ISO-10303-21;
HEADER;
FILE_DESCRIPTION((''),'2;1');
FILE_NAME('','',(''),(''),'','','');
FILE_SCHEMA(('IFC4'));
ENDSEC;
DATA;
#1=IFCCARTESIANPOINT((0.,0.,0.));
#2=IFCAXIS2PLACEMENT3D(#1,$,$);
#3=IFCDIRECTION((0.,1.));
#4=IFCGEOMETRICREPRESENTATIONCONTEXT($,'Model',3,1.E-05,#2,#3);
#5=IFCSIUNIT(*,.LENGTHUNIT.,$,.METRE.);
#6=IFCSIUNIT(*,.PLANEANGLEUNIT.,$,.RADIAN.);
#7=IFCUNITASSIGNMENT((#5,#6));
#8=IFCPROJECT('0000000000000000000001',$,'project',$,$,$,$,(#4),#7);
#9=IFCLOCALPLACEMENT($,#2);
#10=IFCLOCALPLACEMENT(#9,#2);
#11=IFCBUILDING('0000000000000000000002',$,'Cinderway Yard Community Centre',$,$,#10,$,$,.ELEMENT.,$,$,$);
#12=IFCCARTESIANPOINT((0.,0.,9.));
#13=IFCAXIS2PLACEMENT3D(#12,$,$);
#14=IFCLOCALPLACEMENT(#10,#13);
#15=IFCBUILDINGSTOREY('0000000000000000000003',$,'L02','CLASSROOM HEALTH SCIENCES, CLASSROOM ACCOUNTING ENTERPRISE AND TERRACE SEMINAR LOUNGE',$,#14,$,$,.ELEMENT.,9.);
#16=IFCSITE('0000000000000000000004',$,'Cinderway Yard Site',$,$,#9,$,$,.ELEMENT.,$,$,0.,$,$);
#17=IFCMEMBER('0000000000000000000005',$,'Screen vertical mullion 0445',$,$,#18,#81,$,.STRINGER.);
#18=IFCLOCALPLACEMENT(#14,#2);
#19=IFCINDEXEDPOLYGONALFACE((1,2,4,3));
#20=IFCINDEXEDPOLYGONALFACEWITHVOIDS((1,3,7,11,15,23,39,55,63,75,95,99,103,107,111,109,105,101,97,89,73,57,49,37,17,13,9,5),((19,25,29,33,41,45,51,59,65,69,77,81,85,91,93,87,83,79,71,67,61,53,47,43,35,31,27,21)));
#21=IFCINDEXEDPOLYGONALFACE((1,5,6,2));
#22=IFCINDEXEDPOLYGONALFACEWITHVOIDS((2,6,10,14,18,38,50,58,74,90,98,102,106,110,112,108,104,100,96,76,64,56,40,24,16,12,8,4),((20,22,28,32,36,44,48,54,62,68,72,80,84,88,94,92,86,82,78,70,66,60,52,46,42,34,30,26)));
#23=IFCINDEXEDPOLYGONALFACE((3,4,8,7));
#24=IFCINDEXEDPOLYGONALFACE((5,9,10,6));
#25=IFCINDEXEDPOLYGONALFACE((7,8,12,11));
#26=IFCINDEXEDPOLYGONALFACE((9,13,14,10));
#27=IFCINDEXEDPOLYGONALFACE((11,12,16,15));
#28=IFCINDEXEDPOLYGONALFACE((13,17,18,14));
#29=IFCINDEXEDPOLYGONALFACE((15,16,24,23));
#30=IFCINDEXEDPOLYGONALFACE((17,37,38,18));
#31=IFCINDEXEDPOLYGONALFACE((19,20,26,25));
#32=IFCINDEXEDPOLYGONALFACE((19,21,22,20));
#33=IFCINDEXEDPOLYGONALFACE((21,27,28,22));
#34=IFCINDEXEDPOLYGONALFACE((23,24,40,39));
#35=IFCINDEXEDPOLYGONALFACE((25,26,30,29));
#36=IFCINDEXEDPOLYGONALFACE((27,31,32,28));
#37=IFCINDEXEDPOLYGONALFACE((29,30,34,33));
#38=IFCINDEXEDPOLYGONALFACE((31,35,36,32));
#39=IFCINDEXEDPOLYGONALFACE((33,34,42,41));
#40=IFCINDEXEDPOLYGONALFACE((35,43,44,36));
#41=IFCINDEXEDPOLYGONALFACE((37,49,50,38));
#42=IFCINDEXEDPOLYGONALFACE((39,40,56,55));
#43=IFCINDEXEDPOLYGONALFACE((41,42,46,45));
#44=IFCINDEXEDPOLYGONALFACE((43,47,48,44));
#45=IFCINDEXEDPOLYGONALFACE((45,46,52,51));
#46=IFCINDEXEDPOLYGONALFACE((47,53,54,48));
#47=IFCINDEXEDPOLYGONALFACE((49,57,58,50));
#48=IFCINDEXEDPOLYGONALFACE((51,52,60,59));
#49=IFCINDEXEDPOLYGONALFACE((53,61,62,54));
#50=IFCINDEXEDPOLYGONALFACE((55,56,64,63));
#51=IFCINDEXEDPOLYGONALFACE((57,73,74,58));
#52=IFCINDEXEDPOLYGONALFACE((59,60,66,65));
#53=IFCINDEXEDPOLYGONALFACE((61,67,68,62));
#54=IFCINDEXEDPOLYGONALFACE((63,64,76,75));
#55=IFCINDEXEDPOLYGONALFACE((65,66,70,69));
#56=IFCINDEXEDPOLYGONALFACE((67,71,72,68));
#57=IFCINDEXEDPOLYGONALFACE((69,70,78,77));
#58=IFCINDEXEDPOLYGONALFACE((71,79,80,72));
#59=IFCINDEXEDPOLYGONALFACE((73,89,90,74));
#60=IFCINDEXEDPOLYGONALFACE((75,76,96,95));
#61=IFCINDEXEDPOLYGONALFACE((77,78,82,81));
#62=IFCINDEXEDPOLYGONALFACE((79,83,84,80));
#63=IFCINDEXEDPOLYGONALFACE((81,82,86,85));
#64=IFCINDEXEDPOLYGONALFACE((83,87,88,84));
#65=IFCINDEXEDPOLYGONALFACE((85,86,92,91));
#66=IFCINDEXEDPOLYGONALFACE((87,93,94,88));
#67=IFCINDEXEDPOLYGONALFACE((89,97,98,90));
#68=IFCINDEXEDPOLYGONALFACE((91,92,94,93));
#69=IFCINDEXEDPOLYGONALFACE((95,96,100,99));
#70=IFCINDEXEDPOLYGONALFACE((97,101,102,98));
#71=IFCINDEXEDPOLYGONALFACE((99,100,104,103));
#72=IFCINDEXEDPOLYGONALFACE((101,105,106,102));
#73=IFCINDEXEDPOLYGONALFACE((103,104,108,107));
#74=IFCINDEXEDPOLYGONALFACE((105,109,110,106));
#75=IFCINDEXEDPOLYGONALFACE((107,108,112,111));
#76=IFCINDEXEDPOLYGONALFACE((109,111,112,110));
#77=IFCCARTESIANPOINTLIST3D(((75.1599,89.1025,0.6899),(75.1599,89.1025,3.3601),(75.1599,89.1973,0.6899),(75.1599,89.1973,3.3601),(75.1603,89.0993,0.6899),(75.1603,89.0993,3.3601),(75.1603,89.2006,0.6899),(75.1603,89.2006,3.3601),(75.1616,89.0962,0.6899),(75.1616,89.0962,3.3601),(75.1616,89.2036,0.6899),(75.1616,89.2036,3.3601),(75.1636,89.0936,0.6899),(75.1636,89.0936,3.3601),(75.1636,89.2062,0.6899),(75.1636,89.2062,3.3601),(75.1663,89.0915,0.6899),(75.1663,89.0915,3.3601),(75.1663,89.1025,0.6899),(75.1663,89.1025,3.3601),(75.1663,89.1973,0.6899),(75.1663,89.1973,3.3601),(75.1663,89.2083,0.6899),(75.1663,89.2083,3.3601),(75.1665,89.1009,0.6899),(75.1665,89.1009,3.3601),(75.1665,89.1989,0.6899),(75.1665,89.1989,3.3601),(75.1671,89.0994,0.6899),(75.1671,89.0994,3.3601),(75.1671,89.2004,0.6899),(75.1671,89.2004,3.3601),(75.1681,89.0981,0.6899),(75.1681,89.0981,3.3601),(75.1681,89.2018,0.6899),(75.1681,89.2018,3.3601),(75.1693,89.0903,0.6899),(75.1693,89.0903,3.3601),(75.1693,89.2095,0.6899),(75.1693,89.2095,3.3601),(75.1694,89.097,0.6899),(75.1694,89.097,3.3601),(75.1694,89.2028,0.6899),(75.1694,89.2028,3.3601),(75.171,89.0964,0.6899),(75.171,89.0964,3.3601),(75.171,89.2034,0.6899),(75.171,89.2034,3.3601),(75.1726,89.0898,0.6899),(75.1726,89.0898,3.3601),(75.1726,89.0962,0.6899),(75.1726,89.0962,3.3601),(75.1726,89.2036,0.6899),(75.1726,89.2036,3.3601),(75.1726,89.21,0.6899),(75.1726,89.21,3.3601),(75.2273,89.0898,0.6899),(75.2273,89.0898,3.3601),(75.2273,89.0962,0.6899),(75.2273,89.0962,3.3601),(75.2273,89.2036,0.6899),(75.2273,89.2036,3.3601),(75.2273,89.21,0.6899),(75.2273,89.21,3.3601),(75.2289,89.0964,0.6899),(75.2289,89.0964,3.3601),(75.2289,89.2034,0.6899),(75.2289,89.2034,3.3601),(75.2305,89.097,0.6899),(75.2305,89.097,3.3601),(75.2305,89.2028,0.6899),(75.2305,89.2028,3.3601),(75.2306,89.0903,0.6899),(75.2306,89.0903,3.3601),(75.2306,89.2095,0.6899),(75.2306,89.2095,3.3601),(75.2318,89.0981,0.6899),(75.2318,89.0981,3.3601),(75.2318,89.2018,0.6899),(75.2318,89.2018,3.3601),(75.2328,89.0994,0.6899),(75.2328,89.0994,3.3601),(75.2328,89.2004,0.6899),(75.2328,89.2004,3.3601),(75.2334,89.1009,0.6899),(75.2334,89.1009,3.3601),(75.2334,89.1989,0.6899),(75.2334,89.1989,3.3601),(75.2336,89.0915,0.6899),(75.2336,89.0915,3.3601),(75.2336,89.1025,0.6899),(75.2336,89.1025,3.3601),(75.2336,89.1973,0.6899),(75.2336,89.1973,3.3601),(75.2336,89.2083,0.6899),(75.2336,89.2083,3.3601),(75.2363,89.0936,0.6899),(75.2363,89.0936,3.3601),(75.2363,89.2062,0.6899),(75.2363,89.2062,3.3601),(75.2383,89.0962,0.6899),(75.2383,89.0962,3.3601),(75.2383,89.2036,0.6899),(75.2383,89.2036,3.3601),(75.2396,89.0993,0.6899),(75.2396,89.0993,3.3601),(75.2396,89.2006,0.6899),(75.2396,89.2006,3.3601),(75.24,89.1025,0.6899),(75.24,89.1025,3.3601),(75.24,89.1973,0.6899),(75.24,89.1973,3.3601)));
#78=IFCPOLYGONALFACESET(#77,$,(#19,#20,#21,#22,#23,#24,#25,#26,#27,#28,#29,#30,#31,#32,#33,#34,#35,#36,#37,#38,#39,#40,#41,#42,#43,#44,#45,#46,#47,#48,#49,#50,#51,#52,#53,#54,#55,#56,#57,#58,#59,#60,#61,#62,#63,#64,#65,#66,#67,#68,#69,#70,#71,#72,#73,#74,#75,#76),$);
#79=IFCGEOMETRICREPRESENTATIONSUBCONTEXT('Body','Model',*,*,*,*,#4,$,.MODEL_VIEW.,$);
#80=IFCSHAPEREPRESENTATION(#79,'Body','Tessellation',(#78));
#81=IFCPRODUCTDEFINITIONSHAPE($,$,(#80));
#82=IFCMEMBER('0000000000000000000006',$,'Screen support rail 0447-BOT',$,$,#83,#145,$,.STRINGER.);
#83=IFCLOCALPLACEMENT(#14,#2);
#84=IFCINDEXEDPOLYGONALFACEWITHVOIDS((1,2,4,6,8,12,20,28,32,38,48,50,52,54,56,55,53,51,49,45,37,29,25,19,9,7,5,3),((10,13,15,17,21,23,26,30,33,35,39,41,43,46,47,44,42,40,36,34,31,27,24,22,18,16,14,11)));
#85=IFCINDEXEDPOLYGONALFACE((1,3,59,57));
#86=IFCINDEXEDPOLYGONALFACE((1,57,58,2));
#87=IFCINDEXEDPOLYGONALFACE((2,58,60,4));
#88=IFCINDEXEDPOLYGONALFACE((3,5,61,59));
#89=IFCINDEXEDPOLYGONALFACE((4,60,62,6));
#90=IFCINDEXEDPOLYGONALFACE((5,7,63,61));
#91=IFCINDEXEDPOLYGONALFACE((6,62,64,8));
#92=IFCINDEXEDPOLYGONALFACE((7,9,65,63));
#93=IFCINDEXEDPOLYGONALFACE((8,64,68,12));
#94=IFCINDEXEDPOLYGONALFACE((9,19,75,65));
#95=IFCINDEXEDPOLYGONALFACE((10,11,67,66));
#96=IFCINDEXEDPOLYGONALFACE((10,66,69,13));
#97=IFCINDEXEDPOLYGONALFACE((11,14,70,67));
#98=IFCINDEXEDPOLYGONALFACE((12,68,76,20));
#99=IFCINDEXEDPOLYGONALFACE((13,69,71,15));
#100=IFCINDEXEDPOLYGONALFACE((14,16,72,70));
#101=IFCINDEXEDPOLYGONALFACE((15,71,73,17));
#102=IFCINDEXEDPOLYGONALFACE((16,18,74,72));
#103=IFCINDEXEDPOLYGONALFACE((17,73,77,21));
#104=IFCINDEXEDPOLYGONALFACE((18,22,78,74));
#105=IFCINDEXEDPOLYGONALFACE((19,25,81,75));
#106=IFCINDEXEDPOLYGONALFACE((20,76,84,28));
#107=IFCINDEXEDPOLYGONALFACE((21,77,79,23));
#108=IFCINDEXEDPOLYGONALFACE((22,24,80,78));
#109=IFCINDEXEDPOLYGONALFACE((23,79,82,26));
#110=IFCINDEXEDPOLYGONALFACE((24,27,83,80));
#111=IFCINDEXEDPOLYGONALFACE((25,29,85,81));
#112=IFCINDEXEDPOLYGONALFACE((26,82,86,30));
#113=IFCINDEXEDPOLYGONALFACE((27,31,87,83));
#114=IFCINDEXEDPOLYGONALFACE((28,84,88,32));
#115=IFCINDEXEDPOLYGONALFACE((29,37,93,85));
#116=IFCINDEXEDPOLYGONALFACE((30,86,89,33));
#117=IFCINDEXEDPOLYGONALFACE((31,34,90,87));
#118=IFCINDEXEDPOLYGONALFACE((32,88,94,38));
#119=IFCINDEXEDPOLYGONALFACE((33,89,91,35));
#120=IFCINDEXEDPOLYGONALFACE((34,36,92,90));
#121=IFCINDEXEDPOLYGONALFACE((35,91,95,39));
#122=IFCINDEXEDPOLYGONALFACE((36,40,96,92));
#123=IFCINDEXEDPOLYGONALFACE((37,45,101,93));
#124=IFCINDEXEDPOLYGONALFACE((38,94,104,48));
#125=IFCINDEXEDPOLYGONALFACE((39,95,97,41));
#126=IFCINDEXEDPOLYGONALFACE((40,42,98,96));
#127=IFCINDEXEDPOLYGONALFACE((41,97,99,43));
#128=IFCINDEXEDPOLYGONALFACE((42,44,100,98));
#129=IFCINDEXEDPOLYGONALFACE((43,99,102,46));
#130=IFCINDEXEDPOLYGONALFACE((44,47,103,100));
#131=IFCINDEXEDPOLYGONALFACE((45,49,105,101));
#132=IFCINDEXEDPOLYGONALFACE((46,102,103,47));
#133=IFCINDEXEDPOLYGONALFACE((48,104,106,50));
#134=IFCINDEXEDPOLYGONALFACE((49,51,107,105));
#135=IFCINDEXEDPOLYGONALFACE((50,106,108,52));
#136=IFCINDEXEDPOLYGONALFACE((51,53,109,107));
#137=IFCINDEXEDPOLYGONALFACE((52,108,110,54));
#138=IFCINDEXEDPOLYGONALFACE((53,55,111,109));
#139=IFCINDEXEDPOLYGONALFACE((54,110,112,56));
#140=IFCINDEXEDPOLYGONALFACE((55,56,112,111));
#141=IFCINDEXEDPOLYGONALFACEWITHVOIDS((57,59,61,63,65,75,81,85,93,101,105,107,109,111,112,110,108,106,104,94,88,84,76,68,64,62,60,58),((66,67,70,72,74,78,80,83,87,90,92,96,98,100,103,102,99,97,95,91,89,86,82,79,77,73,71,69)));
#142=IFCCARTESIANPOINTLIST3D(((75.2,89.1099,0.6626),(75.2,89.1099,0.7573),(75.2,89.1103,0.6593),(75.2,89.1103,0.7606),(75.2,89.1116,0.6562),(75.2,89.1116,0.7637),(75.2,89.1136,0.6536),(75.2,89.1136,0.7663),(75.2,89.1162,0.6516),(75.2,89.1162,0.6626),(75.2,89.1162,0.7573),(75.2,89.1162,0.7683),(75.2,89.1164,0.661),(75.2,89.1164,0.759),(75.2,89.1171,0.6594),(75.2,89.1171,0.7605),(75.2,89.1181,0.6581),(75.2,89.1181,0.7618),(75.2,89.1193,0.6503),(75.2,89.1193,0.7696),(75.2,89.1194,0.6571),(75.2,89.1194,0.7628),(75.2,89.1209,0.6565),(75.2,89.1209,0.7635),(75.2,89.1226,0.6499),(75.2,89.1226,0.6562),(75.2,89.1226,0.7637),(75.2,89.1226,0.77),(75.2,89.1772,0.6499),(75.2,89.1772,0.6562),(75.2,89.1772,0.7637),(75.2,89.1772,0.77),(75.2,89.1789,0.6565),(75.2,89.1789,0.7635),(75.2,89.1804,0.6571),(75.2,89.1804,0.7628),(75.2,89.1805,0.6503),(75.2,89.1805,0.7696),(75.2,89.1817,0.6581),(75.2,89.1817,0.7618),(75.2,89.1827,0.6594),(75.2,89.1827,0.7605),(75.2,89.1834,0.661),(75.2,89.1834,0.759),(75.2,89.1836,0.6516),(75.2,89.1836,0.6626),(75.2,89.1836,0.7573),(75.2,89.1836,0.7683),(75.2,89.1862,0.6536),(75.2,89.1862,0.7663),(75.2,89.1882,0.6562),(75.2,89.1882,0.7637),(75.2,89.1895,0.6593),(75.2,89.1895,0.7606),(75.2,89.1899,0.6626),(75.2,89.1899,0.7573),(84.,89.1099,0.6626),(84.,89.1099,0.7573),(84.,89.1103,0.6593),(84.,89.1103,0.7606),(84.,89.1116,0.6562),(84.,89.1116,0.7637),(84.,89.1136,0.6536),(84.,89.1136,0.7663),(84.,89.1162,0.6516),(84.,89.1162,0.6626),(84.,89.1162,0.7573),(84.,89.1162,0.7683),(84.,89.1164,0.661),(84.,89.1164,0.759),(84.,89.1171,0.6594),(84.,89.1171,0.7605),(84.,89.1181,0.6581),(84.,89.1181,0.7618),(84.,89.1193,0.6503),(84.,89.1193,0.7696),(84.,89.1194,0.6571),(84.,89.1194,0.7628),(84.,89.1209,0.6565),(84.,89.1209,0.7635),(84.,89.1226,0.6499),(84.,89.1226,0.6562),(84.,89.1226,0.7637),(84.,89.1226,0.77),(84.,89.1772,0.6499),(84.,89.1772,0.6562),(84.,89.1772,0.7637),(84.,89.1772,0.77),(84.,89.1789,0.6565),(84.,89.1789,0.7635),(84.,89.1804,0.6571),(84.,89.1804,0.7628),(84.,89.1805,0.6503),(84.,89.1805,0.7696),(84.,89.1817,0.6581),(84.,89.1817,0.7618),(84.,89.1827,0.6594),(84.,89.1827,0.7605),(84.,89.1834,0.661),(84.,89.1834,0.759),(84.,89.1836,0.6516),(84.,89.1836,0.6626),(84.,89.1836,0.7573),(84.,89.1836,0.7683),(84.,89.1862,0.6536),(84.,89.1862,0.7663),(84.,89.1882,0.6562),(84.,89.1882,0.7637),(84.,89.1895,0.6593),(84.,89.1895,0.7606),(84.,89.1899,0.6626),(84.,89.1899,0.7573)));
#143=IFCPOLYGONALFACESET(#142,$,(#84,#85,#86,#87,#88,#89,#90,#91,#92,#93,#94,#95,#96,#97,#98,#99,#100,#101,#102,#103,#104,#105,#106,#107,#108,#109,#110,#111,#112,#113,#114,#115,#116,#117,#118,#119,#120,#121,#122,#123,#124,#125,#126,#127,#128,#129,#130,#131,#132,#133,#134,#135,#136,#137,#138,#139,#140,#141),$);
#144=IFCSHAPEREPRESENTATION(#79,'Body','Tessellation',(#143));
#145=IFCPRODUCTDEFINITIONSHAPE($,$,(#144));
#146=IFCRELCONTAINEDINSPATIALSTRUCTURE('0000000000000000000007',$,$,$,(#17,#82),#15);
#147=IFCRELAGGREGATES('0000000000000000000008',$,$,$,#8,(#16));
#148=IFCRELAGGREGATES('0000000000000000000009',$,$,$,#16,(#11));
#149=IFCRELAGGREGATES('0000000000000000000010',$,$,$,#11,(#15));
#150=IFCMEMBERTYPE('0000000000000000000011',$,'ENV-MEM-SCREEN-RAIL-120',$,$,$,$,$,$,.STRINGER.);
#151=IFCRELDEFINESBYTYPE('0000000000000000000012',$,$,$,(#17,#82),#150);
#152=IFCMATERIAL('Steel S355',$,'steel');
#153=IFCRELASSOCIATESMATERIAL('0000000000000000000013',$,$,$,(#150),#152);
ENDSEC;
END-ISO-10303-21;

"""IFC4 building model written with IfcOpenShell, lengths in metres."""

from ifc_helpers import new_model, si_unit, direction, frame, origin, origin_2d, place, context, subcontext, project, spatial, hollow_rectangle, extrude, material, material_profile, profile_set, type_object, element, save


model = new_model("IFC4")

# Units and contexts
model_context = context("Model", 3, precision=1e-05, world=origin(), true_north=direction((0.0, 1.0)))
body_context = subcontext(model_context, "Body", "Model", "MODEL_VIEW")
ifc_project = project(units=[si_unit("LENGTHUNIT", "METRE"), si_unit("PLANEANGLEUNIT", "RADIAN")], contexts=[model_context])

# Site, building, storey
site_placement = place(None, origin())
site = spatial("IfcSite", under=ifc_project, at=site_placement, Name="Cinderway Yard Site", CompositionType="ELEMENT", RefElevation=0.0)
building_placement = place(site_placement, origin())
building = spatial("IfcBuilding", under=site, at=building_placement, Name="Cinderway Yard Community Centre", CompositionType="ELEMENT")
storey_placement = place(building_placement, frame((0.0, 0.0, 9.0)))
storey = spatial("IfcBuildingStorey", under=building, at=storey_placement, Name="L02", Description="CLASSROOM HEALTH SCIENCES, CLASSROOM ACCOUNTING ENTERPRISE AND TERRACE SEMINAR LOUNGE", CompositionType="ELEMENT", Elevation=9.0)

# Members
ifc_material_1 = material(Name="Steel S355", Category="steel")
ifc_material_profile_1 = material_profile(ifc_material_1, hollow_rectangle(XDim=0.0801, YDim=0.1201, WallThickness=0.0063, InnerFilletRadius=0.0063, OuterFilletRadius=0.0127, at=origin_2d()), Name="Steel S355")
ifc_profile_set_1 = profile_set([ifc_material_profile_1], Name="Steel S355")
member_type_1 = type_object("IfcMemberType", Name="ENV-MEM-SCREEN-RAIL-120", PredefinedType="STRINGER", material=ifc_profile_set_1)
member_1_placement = place(storey_placement, frame((75.2, 89.1499, 0.6899), z_axis=(0.0, 0.0, 1.0), x_axis=(1.0, 0.0, 0.0)))
element("IfcMember", 1, at=member_1_placement, inside=storey, type_object=member_type_1, Name="Screen vertical mullion 0445", PredefinedType="STRINGER", context=body_context, shape_type="SweptSolid", body=[
    extrude(hollow_rectangle(XDim=0.0801, YDim=0.1201, WallThickness=0.0063, InnerFilletRadius=0.0063, OuterFilletRadius=0.0127, at=origin_2d()), origin(), (0.0, 0.0, 1.0), 2.6702),
])
for number, where, z_axis, x_axis, name in (
    (2, (75.2, 89.1499, 0.71), (1.0, 0.0, 0.0), (0.0, 1.0, 0.0), "Screen support rail 0447-BOT"),
):
    element("IfcMember", number, at=place(storey_placement, frame(where, z_axis=z_axis, x_axis=x_axis)), inside=storey, type_object=member_type_1, Name=name, PredefinedType="STRINGER", context=body_context, shape_type="SweptSolid", body=[
        extrude(hollow_rectangle(XDim=0.0801, YDim=0.1201, WallThickness=0.0063, InnerFilletRadius=0.0063, OuterFilletRadius=0.0127, at=origin_2d()), origin(), (0.0, 0.0, 1.0), 8.8),
    ])

save(model, "model.ifc")
